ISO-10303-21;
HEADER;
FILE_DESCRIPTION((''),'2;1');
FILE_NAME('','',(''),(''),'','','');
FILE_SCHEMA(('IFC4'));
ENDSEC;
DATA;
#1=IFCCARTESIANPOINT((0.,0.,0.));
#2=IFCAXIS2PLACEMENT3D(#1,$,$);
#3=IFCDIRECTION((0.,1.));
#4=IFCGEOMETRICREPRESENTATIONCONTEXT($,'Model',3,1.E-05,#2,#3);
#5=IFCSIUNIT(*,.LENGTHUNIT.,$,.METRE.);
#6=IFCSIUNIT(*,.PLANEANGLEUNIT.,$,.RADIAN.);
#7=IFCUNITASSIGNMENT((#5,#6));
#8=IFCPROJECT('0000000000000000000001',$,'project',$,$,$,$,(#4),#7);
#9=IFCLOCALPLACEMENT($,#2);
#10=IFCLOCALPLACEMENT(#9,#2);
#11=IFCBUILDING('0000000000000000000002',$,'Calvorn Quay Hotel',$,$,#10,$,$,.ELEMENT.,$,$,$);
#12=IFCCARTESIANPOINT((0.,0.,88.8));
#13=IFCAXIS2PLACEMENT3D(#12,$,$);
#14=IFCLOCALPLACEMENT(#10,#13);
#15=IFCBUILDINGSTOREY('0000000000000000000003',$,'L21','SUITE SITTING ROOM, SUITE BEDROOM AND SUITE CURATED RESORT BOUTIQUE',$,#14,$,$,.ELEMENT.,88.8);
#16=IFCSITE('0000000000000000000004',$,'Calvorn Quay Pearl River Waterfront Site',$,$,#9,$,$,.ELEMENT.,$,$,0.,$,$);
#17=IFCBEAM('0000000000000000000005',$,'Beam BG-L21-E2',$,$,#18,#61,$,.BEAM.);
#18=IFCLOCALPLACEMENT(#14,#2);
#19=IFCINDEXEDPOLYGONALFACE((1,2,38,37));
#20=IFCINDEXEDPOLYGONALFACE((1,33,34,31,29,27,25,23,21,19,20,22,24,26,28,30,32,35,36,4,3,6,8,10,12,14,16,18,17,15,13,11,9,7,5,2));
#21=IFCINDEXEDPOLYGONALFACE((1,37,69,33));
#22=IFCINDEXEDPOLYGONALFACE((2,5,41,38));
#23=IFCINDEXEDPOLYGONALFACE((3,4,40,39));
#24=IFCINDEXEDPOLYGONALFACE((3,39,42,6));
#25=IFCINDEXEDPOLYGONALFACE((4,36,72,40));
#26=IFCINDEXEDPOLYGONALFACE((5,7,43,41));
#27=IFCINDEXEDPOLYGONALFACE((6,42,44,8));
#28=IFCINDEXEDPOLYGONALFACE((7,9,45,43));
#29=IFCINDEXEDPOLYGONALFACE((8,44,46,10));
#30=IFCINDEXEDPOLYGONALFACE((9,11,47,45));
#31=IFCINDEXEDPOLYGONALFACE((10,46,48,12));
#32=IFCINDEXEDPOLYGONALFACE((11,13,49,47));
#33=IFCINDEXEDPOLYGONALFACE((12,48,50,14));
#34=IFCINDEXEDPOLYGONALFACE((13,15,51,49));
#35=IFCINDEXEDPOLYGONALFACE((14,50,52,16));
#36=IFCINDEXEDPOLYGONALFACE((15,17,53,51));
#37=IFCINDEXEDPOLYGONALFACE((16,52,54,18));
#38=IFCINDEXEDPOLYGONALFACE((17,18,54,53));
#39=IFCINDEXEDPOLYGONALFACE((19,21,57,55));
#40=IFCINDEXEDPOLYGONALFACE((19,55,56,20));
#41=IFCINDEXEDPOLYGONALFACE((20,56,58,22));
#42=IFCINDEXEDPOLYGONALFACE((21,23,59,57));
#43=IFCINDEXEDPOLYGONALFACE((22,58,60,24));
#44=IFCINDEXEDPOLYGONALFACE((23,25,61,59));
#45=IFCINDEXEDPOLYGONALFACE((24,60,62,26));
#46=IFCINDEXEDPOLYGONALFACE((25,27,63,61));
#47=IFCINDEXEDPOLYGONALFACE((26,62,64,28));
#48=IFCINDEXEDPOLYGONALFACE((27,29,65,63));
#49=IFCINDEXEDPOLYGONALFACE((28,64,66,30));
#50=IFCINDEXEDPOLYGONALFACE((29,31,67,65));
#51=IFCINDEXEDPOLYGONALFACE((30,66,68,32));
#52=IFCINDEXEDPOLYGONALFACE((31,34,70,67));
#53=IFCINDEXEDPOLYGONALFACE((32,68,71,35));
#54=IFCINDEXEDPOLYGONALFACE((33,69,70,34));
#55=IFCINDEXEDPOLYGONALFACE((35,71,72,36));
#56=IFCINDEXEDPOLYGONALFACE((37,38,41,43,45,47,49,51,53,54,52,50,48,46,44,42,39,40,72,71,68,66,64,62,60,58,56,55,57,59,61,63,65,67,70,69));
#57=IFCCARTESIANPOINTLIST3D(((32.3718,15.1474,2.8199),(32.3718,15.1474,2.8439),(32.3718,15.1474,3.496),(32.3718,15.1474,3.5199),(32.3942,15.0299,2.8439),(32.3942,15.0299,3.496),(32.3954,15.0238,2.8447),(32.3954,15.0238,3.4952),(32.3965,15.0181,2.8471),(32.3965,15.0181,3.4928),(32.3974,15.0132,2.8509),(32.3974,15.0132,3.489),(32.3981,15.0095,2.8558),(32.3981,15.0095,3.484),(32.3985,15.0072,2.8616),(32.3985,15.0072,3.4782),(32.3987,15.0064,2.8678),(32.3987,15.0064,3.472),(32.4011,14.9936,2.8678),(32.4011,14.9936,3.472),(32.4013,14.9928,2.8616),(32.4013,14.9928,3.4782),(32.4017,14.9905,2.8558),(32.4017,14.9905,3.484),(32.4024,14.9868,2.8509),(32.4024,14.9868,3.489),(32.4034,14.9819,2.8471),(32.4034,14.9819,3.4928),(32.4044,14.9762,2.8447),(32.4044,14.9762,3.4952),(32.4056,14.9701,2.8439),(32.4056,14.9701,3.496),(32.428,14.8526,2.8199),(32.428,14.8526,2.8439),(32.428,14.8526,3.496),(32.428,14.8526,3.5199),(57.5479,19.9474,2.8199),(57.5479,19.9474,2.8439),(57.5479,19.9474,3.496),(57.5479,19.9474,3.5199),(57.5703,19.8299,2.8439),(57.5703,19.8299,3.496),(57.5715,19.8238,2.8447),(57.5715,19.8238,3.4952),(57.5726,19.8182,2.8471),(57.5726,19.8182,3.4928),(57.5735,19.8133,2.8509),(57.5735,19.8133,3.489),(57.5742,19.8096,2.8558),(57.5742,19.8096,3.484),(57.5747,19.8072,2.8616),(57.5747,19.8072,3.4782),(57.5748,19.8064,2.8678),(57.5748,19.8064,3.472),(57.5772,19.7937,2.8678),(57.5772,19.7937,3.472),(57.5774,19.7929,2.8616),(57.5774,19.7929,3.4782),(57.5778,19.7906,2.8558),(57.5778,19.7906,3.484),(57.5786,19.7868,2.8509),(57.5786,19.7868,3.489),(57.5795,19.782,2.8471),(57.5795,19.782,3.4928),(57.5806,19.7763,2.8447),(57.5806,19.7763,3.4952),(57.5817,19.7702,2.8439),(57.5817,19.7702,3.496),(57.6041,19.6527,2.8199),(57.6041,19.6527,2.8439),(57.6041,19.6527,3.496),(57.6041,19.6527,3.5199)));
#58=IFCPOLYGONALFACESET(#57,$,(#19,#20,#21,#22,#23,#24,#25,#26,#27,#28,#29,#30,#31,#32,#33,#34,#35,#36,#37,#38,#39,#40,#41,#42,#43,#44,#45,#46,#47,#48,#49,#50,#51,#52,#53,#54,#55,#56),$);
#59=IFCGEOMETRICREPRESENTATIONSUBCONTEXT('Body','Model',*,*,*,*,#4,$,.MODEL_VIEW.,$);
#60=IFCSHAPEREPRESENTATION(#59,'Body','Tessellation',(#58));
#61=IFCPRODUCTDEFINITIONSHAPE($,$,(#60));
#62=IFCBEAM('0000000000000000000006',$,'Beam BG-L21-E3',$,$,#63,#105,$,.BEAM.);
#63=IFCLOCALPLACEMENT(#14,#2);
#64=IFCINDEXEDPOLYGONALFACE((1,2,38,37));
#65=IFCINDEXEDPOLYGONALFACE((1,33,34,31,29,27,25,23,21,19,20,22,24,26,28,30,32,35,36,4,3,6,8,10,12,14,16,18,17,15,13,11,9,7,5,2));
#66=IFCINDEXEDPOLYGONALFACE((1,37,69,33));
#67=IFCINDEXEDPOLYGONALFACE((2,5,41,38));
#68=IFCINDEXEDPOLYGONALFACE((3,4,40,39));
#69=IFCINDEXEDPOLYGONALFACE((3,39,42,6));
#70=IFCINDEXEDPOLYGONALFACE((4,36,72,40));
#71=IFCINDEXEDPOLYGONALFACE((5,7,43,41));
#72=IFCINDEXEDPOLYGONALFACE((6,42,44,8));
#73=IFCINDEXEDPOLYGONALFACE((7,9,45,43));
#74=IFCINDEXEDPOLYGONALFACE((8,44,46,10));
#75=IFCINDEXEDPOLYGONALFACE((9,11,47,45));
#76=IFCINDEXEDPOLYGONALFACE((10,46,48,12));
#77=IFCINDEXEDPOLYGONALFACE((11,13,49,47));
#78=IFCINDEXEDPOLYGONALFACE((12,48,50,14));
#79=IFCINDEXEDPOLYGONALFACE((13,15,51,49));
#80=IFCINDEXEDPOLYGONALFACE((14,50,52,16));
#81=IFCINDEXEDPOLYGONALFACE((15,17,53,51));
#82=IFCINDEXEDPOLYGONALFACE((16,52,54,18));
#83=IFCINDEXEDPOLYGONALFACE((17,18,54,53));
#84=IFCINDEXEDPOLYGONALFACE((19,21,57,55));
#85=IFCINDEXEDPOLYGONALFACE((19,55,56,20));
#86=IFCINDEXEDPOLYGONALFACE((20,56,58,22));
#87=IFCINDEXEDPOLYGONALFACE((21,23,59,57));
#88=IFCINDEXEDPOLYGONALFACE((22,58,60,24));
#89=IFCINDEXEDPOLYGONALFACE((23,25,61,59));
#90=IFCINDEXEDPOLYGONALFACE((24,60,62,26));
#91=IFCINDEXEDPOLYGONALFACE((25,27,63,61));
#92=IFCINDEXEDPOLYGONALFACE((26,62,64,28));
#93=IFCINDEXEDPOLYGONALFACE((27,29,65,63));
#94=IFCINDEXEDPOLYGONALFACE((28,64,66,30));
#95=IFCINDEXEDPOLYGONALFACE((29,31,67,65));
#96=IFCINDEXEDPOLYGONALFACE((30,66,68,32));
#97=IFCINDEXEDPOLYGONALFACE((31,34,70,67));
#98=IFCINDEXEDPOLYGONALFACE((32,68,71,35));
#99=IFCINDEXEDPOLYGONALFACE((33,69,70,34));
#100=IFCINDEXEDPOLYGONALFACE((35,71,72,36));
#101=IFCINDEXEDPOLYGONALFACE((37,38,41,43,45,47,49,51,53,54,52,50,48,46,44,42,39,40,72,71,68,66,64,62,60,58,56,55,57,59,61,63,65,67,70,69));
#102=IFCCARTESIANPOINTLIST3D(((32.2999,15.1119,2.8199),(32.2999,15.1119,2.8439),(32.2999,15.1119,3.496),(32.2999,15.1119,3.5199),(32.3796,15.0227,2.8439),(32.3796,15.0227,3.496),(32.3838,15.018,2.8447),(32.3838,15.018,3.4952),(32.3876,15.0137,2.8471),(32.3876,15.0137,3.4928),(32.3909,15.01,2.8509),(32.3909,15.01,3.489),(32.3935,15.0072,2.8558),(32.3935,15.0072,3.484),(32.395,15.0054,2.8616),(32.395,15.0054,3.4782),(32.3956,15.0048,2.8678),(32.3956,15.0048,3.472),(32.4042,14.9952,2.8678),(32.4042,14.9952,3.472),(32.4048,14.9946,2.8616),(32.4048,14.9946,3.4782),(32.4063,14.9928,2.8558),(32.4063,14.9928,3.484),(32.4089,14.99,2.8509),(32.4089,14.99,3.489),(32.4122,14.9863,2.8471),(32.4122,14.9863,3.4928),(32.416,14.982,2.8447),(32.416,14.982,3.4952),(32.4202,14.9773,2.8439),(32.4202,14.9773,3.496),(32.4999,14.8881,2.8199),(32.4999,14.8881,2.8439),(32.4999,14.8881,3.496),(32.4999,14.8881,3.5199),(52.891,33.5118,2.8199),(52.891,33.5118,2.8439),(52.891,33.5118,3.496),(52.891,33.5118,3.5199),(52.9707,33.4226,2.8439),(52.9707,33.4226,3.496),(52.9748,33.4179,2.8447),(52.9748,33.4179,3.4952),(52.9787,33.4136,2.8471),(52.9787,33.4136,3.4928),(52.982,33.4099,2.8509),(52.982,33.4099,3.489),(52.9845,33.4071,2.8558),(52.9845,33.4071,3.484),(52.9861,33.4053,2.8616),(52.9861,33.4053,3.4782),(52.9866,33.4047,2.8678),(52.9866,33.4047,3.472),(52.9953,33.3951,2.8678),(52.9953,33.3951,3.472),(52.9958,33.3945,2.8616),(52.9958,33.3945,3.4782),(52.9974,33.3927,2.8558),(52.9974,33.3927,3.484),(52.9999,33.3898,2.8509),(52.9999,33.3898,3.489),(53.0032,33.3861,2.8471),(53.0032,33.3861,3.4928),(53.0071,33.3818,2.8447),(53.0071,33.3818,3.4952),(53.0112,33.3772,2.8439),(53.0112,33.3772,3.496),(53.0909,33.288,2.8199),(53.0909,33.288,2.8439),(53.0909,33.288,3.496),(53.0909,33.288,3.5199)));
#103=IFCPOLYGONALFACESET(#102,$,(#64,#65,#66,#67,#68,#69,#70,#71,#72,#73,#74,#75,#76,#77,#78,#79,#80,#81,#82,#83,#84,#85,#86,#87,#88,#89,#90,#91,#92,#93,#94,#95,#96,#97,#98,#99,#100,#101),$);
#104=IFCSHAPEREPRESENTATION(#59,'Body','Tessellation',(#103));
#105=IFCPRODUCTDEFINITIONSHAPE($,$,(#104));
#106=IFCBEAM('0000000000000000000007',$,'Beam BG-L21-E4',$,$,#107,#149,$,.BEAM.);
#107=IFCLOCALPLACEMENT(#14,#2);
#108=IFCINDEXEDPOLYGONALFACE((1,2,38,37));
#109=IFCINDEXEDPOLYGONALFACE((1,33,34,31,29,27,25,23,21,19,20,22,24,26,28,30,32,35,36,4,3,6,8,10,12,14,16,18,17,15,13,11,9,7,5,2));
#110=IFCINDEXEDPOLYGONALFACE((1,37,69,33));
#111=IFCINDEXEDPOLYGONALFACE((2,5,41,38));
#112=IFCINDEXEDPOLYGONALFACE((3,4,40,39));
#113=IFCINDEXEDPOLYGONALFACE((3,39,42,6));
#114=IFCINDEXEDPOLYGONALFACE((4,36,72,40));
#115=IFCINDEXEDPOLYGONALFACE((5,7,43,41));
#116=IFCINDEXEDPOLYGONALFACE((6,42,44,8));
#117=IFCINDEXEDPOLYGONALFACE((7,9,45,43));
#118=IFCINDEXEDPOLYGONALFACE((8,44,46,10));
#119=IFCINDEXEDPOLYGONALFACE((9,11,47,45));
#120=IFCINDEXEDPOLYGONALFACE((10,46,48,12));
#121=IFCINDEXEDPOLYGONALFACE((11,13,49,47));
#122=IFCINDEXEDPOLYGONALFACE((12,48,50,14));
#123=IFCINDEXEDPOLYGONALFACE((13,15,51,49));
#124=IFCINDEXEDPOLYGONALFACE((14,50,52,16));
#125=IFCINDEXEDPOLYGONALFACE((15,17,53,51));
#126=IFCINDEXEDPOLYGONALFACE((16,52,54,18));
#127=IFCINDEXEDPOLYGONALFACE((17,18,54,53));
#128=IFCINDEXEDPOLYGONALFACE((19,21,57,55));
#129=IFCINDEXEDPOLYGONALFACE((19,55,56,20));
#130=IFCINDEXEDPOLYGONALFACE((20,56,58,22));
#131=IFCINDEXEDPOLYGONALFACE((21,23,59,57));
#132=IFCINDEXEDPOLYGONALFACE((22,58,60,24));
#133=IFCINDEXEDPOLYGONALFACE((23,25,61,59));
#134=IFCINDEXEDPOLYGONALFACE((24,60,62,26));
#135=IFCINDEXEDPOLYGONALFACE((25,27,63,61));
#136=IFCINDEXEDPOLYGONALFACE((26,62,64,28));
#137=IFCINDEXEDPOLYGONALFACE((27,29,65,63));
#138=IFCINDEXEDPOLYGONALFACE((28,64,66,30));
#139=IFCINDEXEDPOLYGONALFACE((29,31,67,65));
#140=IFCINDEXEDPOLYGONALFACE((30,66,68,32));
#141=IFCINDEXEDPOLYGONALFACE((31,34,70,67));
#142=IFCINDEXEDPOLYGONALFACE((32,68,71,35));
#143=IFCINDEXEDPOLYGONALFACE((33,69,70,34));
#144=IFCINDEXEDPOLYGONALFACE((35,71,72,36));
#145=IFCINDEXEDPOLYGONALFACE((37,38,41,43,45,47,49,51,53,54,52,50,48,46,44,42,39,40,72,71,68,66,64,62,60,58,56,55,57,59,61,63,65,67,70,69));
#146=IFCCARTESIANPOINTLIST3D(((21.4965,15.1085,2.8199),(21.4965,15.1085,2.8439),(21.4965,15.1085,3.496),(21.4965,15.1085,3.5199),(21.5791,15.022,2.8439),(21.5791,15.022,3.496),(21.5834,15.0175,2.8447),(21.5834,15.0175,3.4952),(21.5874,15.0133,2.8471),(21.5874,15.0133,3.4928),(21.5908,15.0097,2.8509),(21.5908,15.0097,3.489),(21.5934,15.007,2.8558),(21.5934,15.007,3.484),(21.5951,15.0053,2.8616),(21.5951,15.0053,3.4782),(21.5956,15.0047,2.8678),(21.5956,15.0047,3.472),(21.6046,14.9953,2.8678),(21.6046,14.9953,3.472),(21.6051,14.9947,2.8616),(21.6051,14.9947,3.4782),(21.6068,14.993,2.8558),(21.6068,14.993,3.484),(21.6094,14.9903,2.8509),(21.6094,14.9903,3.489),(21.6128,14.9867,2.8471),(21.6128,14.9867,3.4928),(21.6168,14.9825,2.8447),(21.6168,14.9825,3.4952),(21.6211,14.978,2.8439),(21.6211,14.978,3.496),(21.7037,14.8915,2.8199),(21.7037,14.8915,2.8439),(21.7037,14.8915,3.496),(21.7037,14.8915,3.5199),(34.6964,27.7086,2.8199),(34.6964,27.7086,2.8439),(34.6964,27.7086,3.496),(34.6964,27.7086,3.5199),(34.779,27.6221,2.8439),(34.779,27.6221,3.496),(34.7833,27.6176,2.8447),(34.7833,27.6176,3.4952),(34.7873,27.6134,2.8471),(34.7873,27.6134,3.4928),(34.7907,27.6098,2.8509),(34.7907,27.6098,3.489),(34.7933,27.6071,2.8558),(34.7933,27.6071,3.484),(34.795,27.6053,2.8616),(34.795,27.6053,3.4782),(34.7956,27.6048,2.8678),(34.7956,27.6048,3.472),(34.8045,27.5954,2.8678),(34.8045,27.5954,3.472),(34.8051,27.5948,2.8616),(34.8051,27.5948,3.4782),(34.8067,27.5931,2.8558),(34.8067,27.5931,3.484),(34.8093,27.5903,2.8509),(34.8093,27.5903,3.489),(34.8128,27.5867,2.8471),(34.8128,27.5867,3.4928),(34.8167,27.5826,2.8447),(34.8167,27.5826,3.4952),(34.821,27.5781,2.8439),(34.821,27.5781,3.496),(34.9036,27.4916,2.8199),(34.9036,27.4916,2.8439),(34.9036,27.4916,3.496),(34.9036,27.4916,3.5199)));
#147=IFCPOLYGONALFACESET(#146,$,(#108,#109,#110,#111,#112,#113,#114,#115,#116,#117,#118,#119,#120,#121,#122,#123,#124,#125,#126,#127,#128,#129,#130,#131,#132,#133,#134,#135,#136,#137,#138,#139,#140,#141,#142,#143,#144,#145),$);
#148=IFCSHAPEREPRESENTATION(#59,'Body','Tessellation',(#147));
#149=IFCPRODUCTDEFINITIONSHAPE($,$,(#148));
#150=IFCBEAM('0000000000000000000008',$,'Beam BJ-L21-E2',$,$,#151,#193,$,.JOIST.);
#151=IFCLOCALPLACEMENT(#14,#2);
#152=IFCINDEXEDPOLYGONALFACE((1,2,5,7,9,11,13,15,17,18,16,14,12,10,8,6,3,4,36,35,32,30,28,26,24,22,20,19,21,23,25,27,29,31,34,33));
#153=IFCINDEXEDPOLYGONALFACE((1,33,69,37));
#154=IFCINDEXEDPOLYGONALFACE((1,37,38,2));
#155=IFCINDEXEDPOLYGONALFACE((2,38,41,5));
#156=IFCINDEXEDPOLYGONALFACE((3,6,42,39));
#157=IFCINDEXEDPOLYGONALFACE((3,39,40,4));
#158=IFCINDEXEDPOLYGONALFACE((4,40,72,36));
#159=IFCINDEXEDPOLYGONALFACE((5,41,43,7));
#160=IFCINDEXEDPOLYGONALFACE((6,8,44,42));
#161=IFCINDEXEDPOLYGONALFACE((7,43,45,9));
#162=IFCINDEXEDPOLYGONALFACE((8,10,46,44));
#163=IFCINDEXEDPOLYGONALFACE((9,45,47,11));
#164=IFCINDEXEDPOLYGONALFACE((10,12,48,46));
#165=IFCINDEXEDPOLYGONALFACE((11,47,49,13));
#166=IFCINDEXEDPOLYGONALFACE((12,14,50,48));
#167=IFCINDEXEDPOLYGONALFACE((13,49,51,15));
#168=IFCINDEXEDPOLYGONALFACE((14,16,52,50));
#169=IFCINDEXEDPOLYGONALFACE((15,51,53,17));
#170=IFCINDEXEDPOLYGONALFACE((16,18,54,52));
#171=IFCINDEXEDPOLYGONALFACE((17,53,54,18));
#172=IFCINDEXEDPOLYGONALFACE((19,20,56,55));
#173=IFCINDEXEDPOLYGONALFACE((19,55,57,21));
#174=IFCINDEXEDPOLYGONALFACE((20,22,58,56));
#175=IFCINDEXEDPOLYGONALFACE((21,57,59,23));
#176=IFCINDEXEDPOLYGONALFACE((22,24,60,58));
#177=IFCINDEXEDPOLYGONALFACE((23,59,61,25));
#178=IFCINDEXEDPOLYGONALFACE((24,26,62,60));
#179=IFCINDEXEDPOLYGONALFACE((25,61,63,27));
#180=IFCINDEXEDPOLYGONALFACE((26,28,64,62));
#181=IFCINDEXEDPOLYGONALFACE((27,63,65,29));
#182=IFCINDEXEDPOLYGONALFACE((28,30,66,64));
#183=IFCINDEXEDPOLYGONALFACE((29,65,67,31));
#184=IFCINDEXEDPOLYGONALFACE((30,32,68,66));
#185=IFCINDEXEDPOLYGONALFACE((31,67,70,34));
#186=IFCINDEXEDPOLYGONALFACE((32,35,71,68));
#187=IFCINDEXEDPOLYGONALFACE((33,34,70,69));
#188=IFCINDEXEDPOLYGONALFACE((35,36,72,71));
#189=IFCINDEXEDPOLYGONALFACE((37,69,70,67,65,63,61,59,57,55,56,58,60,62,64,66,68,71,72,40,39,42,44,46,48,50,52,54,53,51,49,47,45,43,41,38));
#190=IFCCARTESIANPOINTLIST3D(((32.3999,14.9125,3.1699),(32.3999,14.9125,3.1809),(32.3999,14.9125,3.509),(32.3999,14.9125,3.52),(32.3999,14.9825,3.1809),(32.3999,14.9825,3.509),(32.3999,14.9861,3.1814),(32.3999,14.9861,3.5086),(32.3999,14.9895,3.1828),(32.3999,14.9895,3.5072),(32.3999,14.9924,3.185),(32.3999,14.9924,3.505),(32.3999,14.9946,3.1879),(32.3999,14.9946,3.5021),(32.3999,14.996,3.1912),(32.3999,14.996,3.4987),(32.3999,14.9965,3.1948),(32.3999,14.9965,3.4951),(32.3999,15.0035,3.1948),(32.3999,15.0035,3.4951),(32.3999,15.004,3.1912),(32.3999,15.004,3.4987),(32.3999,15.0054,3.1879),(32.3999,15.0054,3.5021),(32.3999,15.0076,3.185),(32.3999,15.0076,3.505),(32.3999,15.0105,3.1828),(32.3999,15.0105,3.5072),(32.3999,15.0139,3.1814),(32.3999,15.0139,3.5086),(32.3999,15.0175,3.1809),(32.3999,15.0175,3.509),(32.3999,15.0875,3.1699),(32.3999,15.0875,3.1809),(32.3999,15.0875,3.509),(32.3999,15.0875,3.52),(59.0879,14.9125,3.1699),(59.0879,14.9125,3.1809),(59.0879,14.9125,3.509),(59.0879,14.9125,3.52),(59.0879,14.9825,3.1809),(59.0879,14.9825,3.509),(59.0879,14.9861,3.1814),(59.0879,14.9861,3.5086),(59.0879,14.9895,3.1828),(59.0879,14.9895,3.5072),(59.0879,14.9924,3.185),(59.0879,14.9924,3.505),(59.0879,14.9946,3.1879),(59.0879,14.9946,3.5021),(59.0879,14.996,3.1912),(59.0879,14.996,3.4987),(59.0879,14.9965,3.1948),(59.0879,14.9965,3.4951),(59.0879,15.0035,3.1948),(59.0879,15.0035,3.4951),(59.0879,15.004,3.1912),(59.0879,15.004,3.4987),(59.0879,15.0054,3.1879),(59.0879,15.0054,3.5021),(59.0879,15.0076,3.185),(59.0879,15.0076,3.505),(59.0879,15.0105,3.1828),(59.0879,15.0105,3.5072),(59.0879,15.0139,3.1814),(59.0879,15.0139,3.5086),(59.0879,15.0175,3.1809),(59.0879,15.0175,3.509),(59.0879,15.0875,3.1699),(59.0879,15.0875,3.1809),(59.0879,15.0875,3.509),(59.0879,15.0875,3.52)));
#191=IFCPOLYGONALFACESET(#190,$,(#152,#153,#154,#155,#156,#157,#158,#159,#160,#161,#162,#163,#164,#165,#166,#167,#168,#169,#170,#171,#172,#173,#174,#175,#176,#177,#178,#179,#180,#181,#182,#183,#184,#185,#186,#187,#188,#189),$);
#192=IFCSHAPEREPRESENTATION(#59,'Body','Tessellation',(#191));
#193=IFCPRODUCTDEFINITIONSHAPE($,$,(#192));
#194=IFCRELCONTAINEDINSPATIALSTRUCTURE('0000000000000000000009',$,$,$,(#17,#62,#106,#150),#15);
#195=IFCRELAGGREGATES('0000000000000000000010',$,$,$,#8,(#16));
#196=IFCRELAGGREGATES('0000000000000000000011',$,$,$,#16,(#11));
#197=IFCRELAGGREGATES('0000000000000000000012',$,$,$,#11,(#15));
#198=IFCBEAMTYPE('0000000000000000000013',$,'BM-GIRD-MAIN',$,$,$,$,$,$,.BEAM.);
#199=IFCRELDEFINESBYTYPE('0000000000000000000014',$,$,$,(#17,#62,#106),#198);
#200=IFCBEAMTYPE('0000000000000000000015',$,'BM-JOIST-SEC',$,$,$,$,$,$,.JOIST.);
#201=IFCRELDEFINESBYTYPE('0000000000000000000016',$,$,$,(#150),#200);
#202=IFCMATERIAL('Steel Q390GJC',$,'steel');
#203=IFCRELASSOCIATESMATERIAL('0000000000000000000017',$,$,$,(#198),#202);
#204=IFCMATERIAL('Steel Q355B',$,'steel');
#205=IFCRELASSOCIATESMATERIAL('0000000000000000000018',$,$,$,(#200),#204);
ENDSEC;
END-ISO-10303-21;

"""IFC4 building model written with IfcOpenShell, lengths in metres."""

from ifc_helpers import new_model, si_unit, direction, frame, origin, origin_2d, place, context, subcontext, project, spatial, i_section, extrude, material, material_profile, profile_set, type_object, element, save


model = new_model("IFC4")

# Units and contexts
model_context = context("Model", 3, precision=1e-05, world=origin(), true_north=direction((0.0, 1.0)))
body_context = subcontext(model_context, "Body", "Model", "MODEL_VIEW")
ifc_project = project(units=[si_unit("LENGTHUNIT", "METRE"), si_unit("PLANEANGLEUNIT", "RADIAN")], contexts=[model_context])

# Site, building, storey
site_placement = place(None, origin())
site = spatial("IfcSite", under=ifc_project, at=site_placement, Name="Calvorn Quay Pearl River Waterfront Site", CompositionType="ELEMENT", RefElevation=0.0)
building_placement = place(site_placement, origin())
building = spatial("IfcBuilding", under=site, at=building_placement, Name="Calvorn Quay Hotel", CompositionType="ELEMENT")
storey_placement = place(building_placement, frame((0.0, 0.0, 88.8)))
storey = spatial("IfcBuildingStorey", under=building, at=storey_placement, Name="L21", Description="SUITE SITTING ROOM, SUITE BEDROOM AND SUITE CURATED RESORT BOUTIQUE", CompositionType="ELEMENT", Elevation=88.8)

# Beams
ifc_material_1 = material(Name="Steel Q390GJC", Category="steel")
ifc_material_profile_1 = material_profile(ifc_material_1, i_section(OverallWidth=0.3, OverallDepth=0.7, WebThickness=0.0129, FlangeThickness=0.0239, FilletRadius=0.0239, at=origin_2d()), Name="HN700x300x13x24")
ifc_profile_set_1 = profile_set([ifc_material_profile_1], Name="Steel Q390GJC")
beam_type_1 = type_object("IfcBeamType", Name="BM-GIRD-MAIN", PredefinedType="BEAM", material=ifc_profile_set_1)
beam_1_placement = place(storey_placement, frame((32.3999, 15.0, 3.1699), z_axis=(0.982305, 0.187286, 0.0), x_axis=(-0.187286, 0.982305, 0.0)))
element("IfcBeam", 1, at=beam_1_placement, inside=storey, type_object=beam_type_1, Name="Beam BG-L21-E2", PredefinedType="BEAM", context=body_context, shape_type="SweptSolid", body=[
    extrude(i_section(OverallWidth=0.3, OverallDepth=0.7, WebThickness=0.0129, FlangeThickness=0.0239, FilletRadius=0.0239, at=origin_2d()), origin(), (0.0, 0.0, 1.0), 25.6296),
])
beam_2_placement = place(storey_placement, frame((32.3999, 15.0, 3.1699), z_axis=(0.745667, 0.666318, 0.0), x_axis=(-0.666318, 0.745667, 0.0)))
element("IfcBeam", 2, at=beam_2_placement, inside=storey, type_object=beam_type_1, Name="Beam BG-L21-E3", PredefinedType="BEAM", context=body_context, shape_type="SweptSolid", body=[
    extrude(i_section(OverallWidth=0.3, OverallDepth=0.7, WebThickness=0.0129, FlangeThickness=0.0239, FilletRadius=0.0239, at=origin_2d()), origin(), (0.0, 0.0, 1.0), 27.6143),
])
beam_3_placement = place(storey_placement, frame((21.6001, 15.0, 3.1699), z_axis=(0.723352, 0.69048, 0.0), x_axis=(-0.69048, 0.723352, 0.0)))
element("IfcBeam", 3, at=beam_3_placement, inside=storey, type_object=beam_type_1, Name="Beam BG-L21-E4", PredefinedType="BEAM", context=body_context, shape_type="SweptSolid", body=[
    extrude(i_section(OverallWidth=0.3, OverallDepth=0.7, WebThickness=0.0129, FlangeThickness=0.0239, FilletRadius=0.0239, at=origin_2d()), origin(), (0.0, 0.0, 1.0), 18.2483),
])
ifc_material_2 = material(Name="Steel Q355B", Category="steel")
ifc_material_profile_2 = material_profile(ifc_material_2, i_section(OverallWidth=0.175, OverallDepth=0.3501, WebThickness=0.0071, FlangeThickness=0.011, FilletRadius=0.0139, at=origin_2d()), Name="HN350x175x7x11")
ifc_profile_set_2 = profile_set([ifc_material_profile_2], Name="Steel Q355B")
beam_type_2 = type_object("IfcBeamType", Name="BM-JOIST-SEC", PredefinedType="JOIST", material=ifc_profile_set_2)
beam_4_placement = place(storey_placement, frame((32.3999, 15.0, 3.345), z_axis=(1.0, 0.0, 0.0), x_axis=(0.0, 1.0, 0.0)))
element("IfcBeam", 4, at=beam_4_placement, inside=storey, type_object=beam_type_2, Name="Beam BJ-L21-E2", PredefinedType="JOIST", context=body_context, shape_type="SweptSolid", body=[
    extrude(i_section(OverallWidth=0.175, OverallDepth=0.3501, WebThickness=0.0071, FlangeThickness=0.011, FilletRadius=0.0139, at=origin_2d()), origin(), (0.0, 0.0, 1.0), 26.688),
])

save(model, "model.ifc")
